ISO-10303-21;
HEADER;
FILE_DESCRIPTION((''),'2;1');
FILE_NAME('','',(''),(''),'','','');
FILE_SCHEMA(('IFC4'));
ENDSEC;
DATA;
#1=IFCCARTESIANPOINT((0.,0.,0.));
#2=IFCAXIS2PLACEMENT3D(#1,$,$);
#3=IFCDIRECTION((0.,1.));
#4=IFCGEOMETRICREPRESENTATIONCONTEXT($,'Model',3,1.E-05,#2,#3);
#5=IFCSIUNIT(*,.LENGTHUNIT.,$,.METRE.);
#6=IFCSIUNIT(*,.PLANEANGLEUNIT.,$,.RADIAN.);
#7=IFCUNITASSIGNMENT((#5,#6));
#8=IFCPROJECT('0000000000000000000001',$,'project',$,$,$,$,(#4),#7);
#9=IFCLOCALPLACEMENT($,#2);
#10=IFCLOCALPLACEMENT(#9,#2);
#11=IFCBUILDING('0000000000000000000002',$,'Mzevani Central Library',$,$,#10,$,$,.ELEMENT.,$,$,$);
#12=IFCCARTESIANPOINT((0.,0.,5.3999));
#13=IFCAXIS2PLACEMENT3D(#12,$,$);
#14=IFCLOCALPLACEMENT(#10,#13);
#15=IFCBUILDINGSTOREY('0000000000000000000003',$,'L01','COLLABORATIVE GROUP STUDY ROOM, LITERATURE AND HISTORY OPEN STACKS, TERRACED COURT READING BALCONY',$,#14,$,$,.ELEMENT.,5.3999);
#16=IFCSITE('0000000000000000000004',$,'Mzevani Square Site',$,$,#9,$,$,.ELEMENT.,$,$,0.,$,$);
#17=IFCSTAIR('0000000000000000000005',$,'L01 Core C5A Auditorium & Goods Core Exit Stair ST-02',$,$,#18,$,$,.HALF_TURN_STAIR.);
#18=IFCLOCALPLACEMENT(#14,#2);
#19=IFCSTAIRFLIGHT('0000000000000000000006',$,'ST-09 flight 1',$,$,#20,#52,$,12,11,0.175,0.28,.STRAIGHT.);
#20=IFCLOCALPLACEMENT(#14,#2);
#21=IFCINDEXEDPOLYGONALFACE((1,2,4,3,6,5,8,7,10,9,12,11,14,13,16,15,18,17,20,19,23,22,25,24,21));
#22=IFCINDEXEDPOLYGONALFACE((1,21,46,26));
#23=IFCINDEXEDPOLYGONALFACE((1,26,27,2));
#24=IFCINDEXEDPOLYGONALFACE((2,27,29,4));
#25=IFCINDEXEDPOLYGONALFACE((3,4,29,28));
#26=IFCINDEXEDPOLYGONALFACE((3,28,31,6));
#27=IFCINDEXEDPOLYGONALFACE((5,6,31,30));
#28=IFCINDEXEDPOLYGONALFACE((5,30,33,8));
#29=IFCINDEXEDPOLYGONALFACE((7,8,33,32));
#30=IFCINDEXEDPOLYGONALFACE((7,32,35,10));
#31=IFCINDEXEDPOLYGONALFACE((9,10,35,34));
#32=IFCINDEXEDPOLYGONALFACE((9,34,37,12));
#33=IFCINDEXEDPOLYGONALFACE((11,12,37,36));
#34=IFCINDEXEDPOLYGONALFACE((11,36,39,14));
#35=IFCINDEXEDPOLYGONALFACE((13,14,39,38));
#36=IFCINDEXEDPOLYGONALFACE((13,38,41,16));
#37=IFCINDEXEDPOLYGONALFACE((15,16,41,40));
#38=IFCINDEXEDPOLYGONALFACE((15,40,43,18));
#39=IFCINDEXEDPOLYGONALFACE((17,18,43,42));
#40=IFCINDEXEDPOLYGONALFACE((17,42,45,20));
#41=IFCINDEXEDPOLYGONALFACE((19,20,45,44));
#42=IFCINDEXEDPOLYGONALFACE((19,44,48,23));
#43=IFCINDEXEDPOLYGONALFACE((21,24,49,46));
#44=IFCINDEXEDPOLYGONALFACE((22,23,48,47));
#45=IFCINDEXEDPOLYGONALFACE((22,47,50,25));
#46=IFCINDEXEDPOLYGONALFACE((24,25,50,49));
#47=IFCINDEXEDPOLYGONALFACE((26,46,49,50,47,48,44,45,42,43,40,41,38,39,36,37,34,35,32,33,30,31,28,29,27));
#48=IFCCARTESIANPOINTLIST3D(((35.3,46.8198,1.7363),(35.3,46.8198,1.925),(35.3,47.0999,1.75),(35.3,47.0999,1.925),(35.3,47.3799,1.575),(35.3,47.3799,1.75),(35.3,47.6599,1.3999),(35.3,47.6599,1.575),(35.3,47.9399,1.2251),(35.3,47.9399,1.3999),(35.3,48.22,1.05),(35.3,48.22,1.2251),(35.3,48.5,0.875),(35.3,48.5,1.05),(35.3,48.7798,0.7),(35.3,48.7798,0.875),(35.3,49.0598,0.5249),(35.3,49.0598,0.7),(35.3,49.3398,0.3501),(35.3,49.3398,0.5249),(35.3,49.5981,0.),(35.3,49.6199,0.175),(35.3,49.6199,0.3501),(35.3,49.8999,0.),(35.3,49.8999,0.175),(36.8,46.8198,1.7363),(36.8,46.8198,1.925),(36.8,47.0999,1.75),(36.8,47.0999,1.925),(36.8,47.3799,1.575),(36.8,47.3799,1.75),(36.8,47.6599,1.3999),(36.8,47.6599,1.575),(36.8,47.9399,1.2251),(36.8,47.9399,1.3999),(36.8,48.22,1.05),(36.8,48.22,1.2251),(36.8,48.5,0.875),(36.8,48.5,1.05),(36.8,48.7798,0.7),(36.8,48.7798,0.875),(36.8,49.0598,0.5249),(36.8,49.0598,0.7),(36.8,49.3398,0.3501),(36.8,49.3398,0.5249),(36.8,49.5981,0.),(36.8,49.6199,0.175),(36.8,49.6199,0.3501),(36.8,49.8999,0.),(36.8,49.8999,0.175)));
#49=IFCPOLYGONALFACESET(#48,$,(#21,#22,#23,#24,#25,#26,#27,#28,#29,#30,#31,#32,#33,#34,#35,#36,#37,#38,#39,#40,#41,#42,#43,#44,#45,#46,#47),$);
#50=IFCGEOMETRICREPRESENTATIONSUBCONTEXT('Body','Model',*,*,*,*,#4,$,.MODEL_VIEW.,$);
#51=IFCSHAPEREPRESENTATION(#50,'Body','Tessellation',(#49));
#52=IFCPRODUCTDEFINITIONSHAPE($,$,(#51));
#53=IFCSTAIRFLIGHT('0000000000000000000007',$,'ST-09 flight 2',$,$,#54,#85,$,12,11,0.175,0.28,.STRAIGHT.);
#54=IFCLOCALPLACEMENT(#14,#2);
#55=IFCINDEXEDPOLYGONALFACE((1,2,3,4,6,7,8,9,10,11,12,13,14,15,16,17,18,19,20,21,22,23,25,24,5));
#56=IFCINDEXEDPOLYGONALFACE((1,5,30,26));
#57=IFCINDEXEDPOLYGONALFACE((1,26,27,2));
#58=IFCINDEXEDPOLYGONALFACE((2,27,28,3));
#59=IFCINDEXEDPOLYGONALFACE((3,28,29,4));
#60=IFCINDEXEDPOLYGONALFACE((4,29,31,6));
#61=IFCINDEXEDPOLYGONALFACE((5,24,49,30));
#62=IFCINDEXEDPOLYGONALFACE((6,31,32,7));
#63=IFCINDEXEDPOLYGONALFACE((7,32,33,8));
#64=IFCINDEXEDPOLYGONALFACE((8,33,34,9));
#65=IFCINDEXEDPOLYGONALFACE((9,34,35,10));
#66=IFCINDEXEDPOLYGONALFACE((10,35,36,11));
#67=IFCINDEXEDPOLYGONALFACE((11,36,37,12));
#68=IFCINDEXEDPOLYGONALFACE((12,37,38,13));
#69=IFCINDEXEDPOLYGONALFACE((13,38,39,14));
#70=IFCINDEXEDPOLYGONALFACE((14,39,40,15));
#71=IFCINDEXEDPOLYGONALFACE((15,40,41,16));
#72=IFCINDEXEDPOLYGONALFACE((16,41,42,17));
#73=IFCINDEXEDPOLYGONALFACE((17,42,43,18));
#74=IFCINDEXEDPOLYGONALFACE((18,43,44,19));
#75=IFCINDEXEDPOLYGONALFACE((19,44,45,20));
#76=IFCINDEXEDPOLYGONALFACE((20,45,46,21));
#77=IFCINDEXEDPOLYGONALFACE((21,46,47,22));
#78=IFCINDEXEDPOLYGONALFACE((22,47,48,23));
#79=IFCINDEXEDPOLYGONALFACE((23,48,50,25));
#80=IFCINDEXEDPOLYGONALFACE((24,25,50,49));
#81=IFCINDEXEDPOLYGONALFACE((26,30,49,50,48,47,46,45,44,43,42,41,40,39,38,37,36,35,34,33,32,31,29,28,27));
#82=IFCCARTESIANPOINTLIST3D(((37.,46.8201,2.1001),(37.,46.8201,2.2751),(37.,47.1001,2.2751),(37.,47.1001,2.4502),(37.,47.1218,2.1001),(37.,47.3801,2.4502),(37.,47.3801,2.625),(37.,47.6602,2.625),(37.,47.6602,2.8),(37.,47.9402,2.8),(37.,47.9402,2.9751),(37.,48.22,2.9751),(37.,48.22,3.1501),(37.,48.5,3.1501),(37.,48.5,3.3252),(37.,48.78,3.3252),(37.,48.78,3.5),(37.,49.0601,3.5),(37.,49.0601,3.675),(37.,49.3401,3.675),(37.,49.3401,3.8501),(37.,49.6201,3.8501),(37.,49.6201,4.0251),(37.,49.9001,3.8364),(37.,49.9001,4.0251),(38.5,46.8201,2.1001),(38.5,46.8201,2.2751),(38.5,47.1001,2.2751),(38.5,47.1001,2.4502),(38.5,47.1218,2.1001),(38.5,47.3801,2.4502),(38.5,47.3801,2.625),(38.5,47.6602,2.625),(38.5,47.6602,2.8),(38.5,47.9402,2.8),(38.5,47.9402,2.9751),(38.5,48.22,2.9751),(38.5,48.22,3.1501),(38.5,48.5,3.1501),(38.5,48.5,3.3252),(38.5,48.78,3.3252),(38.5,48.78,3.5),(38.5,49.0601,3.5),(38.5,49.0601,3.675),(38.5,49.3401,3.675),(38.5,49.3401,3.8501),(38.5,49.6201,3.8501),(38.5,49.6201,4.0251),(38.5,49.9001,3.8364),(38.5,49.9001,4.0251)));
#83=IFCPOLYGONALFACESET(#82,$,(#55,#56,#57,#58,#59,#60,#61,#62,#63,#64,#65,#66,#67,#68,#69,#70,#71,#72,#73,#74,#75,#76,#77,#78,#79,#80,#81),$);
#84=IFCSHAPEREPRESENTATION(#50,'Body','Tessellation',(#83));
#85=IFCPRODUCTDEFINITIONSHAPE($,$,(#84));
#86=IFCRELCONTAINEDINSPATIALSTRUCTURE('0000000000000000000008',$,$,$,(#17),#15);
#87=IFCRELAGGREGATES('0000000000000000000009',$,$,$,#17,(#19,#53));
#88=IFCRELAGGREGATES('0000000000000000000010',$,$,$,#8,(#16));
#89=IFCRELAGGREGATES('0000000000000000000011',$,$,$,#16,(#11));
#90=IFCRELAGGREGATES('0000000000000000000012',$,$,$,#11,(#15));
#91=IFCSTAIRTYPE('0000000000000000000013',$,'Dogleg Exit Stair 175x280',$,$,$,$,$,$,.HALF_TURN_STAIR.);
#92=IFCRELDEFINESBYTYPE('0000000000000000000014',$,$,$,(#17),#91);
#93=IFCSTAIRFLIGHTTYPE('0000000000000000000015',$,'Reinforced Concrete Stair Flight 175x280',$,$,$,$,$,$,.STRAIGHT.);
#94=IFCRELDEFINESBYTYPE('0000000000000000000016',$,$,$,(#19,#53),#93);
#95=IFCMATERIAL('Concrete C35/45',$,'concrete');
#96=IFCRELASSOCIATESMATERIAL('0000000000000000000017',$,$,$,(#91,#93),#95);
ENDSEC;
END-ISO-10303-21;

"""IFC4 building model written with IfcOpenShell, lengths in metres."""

from ifc_helpers import new_model, si_unit, direction, frame, origin, place, context, subcontext, project, spatial, polyline, outline, extrude, material, type_object, element, aggregate, save


model = new_model("IFC4")

# Units and contexts
model_context = context("Model", 3, precision=1e-05, world=origin(), true_north=direction((0.0, 1.0)))
body_context = subcontext(model_context, "Body", "Model", "MODEL_VIEW")
ifc_project = project(units=[si_unit("LENGTHUNIT", "METRE"), si_unit("PLANEANGLEUNIT", "RADIAN")], contexts=[model_context])

# Site, building, storey
site_placement = place(None, origin())
site = spatial("IfcSite", under=ifc_project, at=site_placement, Name="Mzevani Square Site", CompositionType="ELEMENT", RefElevation=0.0)
building_placement = place(site_placement, origin())
building = spatial("IfcBuilding", under=site, at=building_placement, Name="Mzevani Central Library", CompositionType="ELEMENT")
storey_placement = place(building_placement, frame((0.0, 0.0, 5.3999)))
storey = spatial("IfcBuildingStorey", under=building, at=storey_placement, Name="L01", Description="COLLABORATIVE GROUP STUDY ROOM, LITERATURE AND HISTORY OPEN STACKS, TERRACED COURT READING BALCONY", CompositionType="ELEMENT", Elevation=5.3999)

# Shared definitions
ifc_material_1 = material(Name="Concrete C35/45", Category="concrete")

# Stair, stair flights
stair_type = type_object("IfcStairType", Name="Dogleg Exit Stair 175x280", PredefinedType="HALF_TURN_STAIR", material=ifc_material_1)
stair_placement = place(storey_placement, origin())
stair = element("IfcStair", 1, at=stair_placement, inside=storey, type_object=stair_type, Name="L01 Core C5A Auditorium & Goods Core Exit Stair ST-02", PredefinedType="HALF_TURN_STAIR")
stair_flight_type = type_object("IfcStairFlightType", Name="Reinforced Concrete Stair Flight 175x280", PredefinedType="STRAIGHT", material=ifc_material_1)
stair_flight_1_placement = place(storey_placement, frame((36.05, 49.8999, 0.0), z_axis=(0.0, 0.0, 1.0), x_axis=(0.0, -1.0, 0.0)))
stair_flight_1 = element("IfcStairFlight", 2, at=stair_flight_1_placement, type_object=stair_flight_type, Name="ST-09 flight 1", NumberOfRisers=12, NumberOfTreads=11, PredefinedType="STRAIGHT", RiserHeight=0.175, TreadLength=0.28, context=body_context, shape_type="SweptSolid", body=[
    extrude(outline(polyline([(0.0, 0.0), (0.0, 0.175), (0.28, 0.175), (0.28, 0.3501), (0.5601, 0.3501), (0.5601, 0.5249), (0.8401, 0.5249), (0.8401, 0.7), (1.1201, 0.7), (1.1201, 0.875), (1.3999, 0.875), (1.3999, 1.05), (1.6799, 1.05), (1.6799, 1.2251), (1.96, 1.2251), (1.96, 1.3999), (2.24, 1.3999), (2.24, 1.575), (2.52, 1.575), (2.52, 1.75), (2.8, 1.75), (2.8, 1.925), (3.0801, 1.925), (3.0801, 2.1001), (3.0801, 1.7363), (0.3018, 0.0), (0.0, 0.0)])), frame((0.0, 0.75, 0.0), z_axis=(0.0, -1.0, 0.0), x_axis=(1.0, 0.0, 0.0)), (0.0, 0.0, 1.0), 1.5),
])
stair_flight_2_placement = place(storey_placement, frame((37.75, 46.8201, 2.1001), z_axis=(0.0, 0.0, 1.0), x_axis=(0.0, 1.0, 0.0)))
stair_flight_2 = element("IfcStairFlight", 3, at=stair_flight_2_placement, type_object=stair_flight_type, Name="ST-09 flight 2", NumberOfRisers=12, NumberOfTreads=11, PredefinedType="STRAIGHT", RiserHeight=0.175, TreadLength=0.28, context=body_context, shape_type="SweptSolid", body=[
    extrude(outline(polyline([(0.0, 0.0), (0.0, 0.175), (0.28, 0.175), (0.28, 0.3501), (0.5601, 0.3501), (0.5601, 0.5249), (0.8401, 0.5249), (0.8401, 0.7), (1.1201, 0.7), (1.1201, 0.875), (1.3999, 0.875), (1.3999, 1.05), (1.6799, 1.05), (1.6799, 1.2251), (1.96, 1.2251), (1.96, 1.3999), (2.24, 1.3999), (2.24, 1.575), (2.52, 1.575), (2.52, 1.75), (2.8, 1.75), (2.8, 1.925), (3.0801, 1.925), (3.0801, 2.1001), (3.0801, 1.7363), (0.3018, 0.0), (0.0, 0.0)])), frame((0.0, 0.75, 0.0), z_axis=(0.0, -1.0, 0.0), x_axis=(1.0, 0.0, 0.0)), (0.0, 0.0, 1.0), 1.5),
])
aggregate(stair, [stair_flight_1, stair_flight_2])

save(model, "model.ifc")
